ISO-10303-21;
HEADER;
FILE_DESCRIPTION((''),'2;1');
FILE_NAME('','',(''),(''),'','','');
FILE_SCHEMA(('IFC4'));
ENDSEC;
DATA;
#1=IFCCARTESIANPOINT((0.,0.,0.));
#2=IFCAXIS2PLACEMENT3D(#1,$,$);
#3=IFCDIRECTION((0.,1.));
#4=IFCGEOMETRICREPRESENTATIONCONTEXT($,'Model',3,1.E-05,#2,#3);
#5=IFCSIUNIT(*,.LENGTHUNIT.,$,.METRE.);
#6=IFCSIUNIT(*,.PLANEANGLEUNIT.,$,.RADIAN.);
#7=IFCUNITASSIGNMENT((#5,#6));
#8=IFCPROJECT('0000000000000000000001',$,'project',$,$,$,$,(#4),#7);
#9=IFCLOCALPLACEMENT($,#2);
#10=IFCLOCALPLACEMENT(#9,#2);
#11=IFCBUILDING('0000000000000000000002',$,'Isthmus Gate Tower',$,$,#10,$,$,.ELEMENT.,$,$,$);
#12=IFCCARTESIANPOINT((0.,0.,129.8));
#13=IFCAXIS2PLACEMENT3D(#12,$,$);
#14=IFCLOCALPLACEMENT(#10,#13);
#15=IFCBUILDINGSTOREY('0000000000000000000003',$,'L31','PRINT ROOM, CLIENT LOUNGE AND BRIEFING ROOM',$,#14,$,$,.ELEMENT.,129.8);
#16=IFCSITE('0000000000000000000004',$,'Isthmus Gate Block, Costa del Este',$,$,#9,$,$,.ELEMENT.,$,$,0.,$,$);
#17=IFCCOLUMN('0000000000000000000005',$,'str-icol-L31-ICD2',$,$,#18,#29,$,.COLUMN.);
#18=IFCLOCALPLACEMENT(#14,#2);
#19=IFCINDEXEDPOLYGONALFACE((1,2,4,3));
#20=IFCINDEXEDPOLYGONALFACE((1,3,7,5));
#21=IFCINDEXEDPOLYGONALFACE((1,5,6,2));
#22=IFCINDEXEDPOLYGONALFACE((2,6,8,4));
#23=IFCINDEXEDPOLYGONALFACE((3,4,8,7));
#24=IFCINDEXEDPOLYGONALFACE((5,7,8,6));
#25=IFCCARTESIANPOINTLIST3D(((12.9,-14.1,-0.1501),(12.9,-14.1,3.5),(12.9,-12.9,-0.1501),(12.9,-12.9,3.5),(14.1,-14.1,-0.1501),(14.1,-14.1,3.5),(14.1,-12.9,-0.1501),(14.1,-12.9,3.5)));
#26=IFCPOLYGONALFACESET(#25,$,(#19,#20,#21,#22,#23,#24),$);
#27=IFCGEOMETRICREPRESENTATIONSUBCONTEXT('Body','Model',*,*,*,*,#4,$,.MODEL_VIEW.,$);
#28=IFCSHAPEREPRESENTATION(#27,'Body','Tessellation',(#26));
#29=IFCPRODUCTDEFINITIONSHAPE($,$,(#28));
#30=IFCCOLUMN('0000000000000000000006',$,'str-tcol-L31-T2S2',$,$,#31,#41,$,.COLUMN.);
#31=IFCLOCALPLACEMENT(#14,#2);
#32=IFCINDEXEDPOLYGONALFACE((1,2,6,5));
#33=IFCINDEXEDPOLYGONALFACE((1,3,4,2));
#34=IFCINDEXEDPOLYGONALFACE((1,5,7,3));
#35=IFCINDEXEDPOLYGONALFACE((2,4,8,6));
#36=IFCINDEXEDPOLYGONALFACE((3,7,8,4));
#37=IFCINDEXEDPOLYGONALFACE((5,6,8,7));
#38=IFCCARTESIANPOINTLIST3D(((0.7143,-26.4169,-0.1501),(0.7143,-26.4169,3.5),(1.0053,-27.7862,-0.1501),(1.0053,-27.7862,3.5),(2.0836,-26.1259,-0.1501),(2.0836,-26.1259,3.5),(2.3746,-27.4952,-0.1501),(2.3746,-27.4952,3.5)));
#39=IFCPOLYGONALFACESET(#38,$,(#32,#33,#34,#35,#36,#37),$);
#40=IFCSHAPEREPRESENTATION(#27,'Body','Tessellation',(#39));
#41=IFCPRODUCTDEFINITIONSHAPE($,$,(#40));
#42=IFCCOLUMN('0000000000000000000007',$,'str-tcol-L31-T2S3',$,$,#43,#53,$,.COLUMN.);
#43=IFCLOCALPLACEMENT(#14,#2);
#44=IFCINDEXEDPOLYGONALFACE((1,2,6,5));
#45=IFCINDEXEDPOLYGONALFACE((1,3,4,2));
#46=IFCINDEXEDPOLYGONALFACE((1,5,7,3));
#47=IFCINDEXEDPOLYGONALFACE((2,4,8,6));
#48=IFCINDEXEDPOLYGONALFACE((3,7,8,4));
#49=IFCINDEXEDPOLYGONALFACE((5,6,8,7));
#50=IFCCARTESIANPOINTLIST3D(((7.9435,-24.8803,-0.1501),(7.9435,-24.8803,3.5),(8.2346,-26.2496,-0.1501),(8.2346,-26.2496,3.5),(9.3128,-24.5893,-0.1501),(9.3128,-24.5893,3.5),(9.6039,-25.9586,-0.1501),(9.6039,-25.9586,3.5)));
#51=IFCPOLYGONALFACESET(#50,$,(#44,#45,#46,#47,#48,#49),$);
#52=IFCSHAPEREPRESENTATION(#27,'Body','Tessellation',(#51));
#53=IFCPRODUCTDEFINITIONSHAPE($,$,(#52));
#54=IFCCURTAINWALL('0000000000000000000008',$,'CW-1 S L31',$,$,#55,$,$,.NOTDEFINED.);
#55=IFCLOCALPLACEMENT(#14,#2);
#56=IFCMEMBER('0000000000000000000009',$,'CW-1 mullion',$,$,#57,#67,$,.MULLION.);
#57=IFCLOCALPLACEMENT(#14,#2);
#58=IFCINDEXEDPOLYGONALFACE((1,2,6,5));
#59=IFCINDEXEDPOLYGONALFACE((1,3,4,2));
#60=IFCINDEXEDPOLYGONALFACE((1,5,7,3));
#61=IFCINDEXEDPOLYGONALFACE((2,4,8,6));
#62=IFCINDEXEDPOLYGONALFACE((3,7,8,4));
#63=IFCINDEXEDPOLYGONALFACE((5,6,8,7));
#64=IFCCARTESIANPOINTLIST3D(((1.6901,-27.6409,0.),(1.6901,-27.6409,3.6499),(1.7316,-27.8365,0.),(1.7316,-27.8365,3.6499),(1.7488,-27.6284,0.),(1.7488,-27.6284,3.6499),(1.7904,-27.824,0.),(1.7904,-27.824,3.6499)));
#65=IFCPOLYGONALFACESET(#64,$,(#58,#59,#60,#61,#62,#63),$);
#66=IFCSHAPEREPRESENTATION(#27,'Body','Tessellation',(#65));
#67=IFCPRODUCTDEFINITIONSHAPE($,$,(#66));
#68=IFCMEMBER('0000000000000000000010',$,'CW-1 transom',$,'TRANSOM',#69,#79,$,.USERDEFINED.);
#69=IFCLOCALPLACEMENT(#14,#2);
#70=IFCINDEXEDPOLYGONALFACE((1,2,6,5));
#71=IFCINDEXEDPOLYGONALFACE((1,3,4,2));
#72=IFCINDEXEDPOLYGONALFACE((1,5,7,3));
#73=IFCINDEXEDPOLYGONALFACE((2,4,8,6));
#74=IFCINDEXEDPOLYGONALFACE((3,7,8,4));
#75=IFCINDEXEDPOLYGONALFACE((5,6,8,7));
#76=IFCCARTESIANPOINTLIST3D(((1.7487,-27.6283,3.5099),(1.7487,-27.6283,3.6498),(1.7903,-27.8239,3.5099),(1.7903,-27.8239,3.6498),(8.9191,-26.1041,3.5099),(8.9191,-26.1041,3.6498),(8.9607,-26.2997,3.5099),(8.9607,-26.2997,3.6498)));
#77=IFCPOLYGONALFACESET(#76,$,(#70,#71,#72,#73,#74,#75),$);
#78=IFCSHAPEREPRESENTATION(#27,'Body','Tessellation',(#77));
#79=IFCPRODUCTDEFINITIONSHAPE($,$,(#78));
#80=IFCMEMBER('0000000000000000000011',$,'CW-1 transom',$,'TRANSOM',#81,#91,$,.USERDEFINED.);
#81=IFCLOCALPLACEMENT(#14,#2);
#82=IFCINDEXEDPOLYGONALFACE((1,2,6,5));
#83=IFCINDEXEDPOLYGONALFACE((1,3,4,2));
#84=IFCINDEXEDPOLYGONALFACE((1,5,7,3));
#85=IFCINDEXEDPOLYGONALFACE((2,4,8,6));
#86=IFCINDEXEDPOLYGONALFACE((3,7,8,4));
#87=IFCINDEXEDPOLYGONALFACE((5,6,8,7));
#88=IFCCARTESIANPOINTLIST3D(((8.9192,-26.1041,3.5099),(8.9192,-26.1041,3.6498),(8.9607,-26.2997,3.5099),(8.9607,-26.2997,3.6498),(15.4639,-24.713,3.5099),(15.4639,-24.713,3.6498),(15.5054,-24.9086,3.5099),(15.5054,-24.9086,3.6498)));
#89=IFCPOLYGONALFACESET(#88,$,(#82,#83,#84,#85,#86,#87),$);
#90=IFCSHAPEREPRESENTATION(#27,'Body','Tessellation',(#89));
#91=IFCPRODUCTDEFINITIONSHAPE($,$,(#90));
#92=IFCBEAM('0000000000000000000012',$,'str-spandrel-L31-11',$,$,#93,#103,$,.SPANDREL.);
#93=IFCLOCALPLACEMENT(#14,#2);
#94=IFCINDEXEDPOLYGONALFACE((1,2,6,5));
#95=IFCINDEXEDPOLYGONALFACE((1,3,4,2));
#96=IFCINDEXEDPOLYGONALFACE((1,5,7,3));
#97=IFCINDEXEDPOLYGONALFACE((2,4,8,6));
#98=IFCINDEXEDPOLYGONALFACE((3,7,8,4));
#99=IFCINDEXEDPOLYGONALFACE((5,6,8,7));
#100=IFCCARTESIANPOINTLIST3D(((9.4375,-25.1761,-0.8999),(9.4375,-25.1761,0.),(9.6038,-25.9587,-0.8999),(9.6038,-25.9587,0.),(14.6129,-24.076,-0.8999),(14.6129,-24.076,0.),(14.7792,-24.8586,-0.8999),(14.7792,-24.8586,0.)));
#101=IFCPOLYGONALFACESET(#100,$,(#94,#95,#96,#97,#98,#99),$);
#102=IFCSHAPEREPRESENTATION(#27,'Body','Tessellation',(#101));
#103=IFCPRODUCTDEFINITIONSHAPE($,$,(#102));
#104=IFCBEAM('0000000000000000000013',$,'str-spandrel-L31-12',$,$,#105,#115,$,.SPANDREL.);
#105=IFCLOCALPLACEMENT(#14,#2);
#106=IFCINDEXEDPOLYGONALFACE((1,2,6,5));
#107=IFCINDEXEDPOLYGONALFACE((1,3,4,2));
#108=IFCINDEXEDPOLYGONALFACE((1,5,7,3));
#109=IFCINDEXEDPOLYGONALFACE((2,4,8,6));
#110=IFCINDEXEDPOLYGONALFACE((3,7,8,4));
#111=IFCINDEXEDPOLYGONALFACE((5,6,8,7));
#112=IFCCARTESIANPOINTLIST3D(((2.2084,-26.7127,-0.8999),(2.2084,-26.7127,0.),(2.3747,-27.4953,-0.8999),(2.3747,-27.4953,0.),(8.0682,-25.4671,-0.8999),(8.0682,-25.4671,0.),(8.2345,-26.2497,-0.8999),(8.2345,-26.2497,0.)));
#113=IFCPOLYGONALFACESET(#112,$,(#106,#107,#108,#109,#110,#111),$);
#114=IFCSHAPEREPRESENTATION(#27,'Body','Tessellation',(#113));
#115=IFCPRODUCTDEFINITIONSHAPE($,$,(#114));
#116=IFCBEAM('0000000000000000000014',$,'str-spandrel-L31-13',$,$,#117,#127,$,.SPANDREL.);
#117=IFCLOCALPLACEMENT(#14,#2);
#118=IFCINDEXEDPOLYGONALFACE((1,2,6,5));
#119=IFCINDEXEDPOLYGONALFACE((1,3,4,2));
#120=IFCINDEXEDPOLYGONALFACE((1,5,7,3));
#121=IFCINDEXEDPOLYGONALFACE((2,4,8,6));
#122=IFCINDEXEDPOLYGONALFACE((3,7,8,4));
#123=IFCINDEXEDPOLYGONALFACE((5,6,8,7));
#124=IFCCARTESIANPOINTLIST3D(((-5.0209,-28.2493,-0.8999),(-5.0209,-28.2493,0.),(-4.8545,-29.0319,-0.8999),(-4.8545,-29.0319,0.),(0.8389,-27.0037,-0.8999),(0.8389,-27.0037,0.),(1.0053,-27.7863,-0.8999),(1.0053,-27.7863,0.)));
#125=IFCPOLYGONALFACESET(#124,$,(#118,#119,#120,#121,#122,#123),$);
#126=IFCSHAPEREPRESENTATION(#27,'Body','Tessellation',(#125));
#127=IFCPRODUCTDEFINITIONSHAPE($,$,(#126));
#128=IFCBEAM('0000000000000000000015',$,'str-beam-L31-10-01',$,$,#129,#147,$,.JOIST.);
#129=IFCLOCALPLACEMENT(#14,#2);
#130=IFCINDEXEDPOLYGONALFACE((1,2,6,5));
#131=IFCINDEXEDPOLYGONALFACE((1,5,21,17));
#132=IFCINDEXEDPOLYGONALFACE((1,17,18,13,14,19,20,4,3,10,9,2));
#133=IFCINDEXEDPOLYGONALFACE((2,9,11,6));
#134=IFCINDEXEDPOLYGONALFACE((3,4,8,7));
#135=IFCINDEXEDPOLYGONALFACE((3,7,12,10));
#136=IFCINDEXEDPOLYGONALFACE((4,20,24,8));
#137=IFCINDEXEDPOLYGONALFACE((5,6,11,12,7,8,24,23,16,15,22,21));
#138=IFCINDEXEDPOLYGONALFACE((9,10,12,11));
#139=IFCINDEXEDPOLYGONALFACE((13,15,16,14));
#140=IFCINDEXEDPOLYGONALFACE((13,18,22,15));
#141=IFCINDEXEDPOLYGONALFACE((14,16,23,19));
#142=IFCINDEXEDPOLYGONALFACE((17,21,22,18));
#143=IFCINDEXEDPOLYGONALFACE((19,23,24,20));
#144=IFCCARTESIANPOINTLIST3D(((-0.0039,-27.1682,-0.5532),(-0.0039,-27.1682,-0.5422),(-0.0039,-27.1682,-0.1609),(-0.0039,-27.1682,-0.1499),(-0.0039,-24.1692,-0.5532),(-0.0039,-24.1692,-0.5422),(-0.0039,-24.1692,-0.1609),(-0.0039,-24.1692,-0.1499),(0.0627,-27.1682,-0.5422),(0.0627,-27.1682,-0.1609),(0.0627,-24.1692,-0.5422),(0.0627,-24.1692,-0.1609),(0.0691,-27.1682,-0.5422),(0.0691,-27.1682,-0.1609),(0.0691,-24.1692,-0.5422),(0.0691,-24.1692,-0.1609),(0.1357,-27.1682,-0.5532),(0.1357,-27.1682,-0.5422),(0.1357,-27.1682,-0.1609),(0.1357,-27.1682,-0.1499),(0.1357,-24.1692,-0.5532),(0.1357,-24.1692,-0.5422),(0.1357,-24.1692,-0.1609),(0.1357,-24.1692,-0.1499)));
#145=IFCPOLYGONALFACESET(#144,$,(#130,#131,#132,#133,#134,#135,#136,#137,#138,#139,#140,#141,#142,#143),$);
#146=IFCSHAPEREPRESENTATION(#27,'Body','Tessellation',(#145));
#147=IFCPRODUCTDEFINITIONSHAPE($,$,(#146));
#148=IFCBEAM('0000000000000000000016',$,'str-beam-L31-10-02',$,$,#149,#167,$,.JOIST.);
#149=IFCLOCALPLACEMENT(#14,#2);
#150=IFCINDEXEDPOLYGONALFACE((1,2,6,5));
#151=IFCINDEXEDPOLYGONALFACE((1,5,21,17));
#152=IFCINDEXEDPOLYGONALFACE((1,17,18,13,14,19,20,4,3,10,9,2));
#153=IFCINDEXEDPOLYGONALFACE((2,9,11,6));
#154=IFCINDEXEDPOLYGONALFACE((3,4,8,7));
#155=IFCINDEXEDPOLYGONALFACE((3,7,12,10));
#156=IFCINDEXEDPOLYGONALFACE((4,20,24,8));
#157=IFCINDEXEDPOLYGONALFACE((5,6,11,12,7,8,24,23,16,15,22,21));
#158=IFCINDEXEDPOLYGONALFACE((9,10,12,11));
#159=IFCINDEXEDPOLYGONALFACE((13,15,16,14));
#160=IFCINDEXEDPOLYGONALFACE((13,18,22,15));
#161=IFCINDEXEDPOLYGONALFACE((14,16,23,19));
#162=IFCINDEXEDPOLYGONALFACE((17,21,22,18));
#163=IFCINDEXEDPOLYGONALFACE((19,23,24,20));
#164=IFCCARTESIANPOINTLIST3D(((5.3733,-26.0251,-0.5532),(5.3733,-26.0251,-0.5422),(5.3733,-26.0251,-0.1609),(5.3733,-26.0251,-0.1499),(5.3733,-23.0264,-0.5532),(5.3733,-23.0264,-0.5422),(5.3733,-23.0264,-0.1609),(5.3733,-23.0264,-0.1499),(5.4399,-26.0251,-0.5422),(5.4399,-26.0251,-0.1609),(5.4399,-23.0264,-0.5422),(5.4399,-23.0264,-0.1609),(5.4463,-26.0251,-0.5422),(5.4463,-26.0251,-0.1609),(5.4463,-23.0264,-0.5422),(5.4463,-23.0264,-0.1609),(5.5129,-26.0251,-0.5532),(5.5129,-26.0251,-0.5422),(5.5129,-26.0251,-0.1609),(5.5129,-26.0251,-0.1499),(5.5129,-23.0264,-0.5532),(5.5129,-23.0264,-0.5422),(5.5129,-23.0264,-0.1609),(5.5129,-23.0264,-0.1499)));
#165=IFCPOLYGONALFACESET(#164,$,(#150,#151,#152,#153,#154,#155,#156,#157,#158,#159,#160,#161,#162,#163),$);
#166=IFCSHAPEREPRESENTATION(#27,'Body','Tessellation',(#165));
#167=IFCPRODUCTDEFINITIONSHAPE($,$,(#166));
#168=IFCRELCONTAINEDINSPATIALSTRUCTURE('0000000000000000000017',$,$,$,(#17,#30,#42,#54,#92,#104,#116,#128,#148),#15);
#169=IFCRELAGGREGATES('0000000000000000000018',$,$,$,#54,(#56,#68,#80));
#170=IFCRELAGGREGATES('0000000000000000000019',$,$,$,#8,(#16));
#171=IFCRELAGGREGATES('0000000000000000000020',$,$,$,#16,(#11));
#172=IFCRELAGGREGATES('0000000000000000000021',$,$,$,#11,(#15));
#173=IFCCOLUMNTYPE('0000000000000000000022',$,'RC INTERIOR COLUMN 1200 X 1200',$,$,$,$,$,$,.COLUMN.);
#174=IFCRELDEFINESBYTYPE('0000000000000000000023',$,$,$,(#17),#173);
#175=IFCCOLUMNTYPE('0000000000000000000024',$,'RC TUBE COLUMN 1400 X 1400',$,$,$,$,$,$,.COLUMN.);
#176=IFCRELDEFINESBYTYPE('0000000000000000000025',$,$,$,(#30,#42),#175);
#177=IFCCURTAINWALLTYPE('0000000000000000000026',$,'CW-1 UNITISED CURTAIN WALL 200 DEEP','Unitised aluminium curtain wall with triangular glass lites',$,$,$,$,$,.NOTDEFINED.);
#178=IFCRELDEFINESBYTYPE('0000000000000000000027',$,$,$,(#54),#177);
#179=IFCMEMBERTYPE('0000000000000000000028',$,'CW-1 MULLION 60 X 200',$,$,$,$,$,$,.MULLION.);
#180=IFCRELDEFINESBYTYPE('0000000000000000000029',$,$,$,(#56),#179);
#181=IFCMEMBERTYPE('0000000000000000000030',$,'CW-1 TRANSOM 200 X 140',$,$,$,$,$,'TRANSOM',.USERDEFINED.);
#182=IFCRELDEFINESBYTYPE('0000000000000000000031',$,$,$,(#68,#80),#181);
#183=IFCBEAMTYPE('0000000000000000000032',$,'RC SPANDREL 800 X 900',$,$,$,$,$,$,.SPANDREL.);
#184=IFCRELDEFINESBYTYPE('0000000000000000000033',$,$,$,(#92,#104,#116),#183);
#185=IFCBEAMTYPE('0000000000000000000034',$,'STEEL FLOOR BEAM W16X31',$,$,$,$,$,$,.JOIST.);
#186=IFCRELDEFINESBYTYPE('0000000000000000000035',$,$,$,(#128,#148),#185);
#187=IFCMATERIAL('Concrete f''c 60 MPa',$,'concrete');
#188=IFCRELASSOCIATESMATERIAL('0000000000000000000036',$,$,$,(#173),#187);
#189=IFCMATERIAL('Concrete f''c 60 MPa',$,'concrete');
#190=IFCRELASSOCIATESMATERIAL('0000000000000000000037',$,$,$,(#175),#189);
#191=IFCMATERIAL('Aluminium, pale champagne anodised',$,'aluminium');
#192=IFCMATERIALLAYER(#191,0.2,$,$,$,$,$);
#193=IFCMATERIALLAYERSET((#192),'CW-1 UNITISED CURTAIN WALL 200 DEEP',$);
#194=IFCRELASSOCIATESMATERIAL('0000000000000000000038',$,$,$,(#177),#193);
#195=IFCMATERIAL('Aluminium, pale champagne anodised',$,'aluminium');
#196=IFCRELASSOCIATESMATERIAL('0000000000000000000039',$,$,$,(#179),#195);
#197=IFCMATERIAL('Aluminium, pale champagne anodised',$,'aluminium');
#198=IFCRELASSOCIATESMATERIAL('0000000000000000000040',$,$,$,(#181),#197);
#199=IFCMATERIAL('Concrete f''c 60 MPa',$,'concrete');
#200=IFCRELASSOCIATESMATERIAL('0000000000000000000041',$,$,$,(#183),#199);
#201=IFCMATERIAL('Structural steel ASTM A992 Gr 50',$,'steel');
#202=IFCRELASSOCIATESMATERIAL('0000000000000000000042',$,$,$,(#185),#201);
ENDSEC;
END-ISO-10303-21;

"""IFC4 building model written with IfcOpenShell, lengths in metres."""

from ifc_helpers import new_model, si_unit, direction, frame, origin, origin_2d, place, context, subcontext, project, spatial, rectangle, i_section, extrude, material, layer, layer_set, material_profile, profile_set, type_object, element, aggregate, save


model = new_model("IFC4")

# Units and contexts
model_context = context("Model", 3, precision=1e-05, world=origin(), true_north=direction((0.0, 1.0)))
body_context = subcontext(model_context, "Body", "Model", "MODEL_VIEW")
ifc_project = project(units=[si_unit("LENGTHUNIT", "METRE"), si_unit("PLANEANGLEUNIT", "RADIAN")], contexts=[model_context])

# Site, building, storey
site_placement = place(None, origin())
site = spatial("IfcSite", under=ifc_project, at=site_placement, Name="Isthmus Gate Block, Costa del Este", CompositionType="ELEMENT", RefElevation=0.0)
building_placement = place(site_placement, origin())
building = spatial("IfcBuilding", under=site, at=building_placement, Name="Isthmus Gate Tower", CompositionType="ELEMENT")
storey_placement = place(building_placement, frame((0.0, 0.0, 129.8)))
storey = spatial("IfcBuildingStorey", under=building, at=storey_placement, Name="L31", Description="PRINT ROOM, CLIENT LOUNGE AND BRIEFING ROOM", CompositionType="ELEMENT", Elevation=129.8)

# Columns
ifc_material_1 = material(Name="Concrete f'c 60 MPa", Category="concrete")
ifc_material_profile_1 = material_profile(ifc_material_1, rectangle(XDim=1.2, YDim=1.2, at=origin_2d()), Name="RC 1200X1200")
ifc_profile_set_1 = profile_set([ifc_material_profile_1], Name="Concrete f'c 60 MPa")
column_type_1 = type_object("IfcColumnType", Name="RC INTERIOR COLUMN 1200 X 1200", PredefinedType="COLUMN", material=ifc_profile_set_1)
column_placement = place(storey_placement, frame((13.5, -13.5, -0.1501), z_axis=(0.0, 0.0, 1.0), x_axis=(1.0, 0.0, 0.0)))
element("IfcColumn", 1, at=column_placement, inside=storey, type_object=column_type_1, Name="str-icol-L31-ICD2", PredefinedType="COLUMN", context=body_context, shape_type="SweptSolid", body=[
    extrude(rectangle(XDim=1.2, YDim=1.2, at=origin_2d()), origin(), (0.0, 0.0, 1.0), 3.6501),
])
ifc_material_2 = material(Name="Concrete f'c 60 MPa", Category="concrete")
ifc_material_profile_2 = material_profile(ifc_material_2, rectangle(XDim=1.3999, YDim=1.3999, at=origin_2d()), Name="RC 1400X1400")
ifc_profile_set_2 = profile_set([ifc_material_profile_2], Name="Concrete f'c 60 MPa")
column_type_2 = type_object("IfcColumnType", Name="RC TUBE COLUMN 1400 X 1400", PredefinedType="COLUMN", material=ifc_profile_set_2)
for number, where, z_axis, x_axis, name in (
    (2, (1.5444, -26.9561, -0.1501), (0.0, 0.0, 1.0), (0.978148, 0.207912, 0.0), "str-tcol-L31-T2S2"),
    (3, (8.7737, -25.4194, -0.1501), (0.0, 0.0, 1.0), (0.978148, 0.207912, 0.0), "str-tcol-L31-T2S3"),
):
    element("IfcColumn", number, at=place(storey_placement, frame(where, z_axis=z_axis, x_axis=x_axis)), inside=storey, type_object=column_type_2, Name=name, PredefinedType="COLUMN", context=body_context, shape_type="SweptSolid", body=[
        extrude(rectangle(XDim=1.3999, YDim=1.3999, at=origin_2d()), origin(), (0.0, 0.0, 1.0), 3.6501),
    ])

# Curtain wall, members
ifc_material_3 = material(Name="Aluminium, pale champagne anodised", Category="aluminium")
ifc_layer_1 = layer(ifc_material_3, 0.2)
ifc_layer_set_1 = layer_set([ifc_layer_1], Name="CW-1 UNITISED CURTAIN WALL 200 DEEP")
curtain_wall_type = type_object("IfcCurtainWallType", Name="CW-1 UNITISED CURTAIN WALL 200 DEEP", Description="Unitised aluminium curtain wall with triangular glass lites", PredefinedType="NOTDEFINED", material=ifc_layer_set_1)
curtain_wall_placement = place(storey_placement, origin())
curtain_wall = element("IfcCurtainWall", 4, at=curtain_wall_placement, inside=storey, type_object=curtain_wall_type, Name="CW-1 S L31", PredefinedType="NOTDEFINED")
ifc_material_4 = material(Name="Aluminium, pale champagne anodised", Category="aluminium")
ifc_material_profile_3 = material_profile(ifc_material_4, rectangle(XDim=0.0601, YDim=0.2, at=origin_2d()), Name="60x200")
ifc_profile_set_3 = profile_set([ifc_material_profile_3], Name="Aluminium, pale champagne anodised")
member_type_1 = type_object("IfcMemberType", Name="CW-1 MULLION 60 X 200", PredefinedType="MULLION", material=ifc_profile_set_3)
member_1_placement = place(storey_placement, frame((1.7402, -27.7324, 0.0), z_axis=(0.0, 0.0, 1.0), x_axis=(0.978148, 0.207912, 0.0)))
member_1 = element("IfcMember", 5, at=member_1_placement, type_object=member_type_1, Name="CW-1 mullion", PredefinedType="MULLION", context=body_context, shape_type="SweptSolid", body=[
    extrude(rectangle(XDim=0.0601, YDim=0.2, at=origin_2d()), origin(), (0.0, 0.0, 1.0), 3.6499),
])
ifc_material_5 = material(Name="Aluminium, pale champagne anodised", Category="aluminium")
ifc_material_profile_4 = material_profile(ifc_material_5, rectangle(XDim=0.2, YDim=0.1399, at=origin_2d()), Name="200x140")
ifc_profile_set_4 = profile_set([ifc_material_profile_4], Name="Aluminium, pale champagne anodised")
member_type_2 = type_object("IfcMemberType", Name="CW-1 TRANSOM 200 X 140", ElementType="TRANSOM", PredefinedType="USERDEFINED", material=ifc_profile_set_4)
member_2_placement = place(storey_placement, frame((1.7695, -27.7261, 3.5798), z_axis=(0.978146, 0.207919, 0.0), x_axis=(-0.207919, 0.978146, 0.0)))
member_2 = element("IfcMember", 6, at=member_2_placement, type_object=member_type_2, Name="CW-1 transom", ObjectType="TRANSOM", PredefinedType="USERDEFINED", context=body_context, shape_type="SweptSolid", body=[
    extrude(rectangle(XDim=0.2, YDim=0.1399, at=origin_2d()), origin(), (0.0, 0.0, 1.0), 7.3306),
])
member_3_placement = place(storey_placement, frame((8.9399, -26.2019, 3.5798), z_axis=(0.978148, 0.207912, 0.0), x_axis=(-0.207912, 0.978148, 0.0)))
member_3 = element("IfcMember", 7, at=member_3_placement, type_object=member_type_2, Name="CW-1 transom", ObjectType="TRANSOM", PredefinedType="USERDEFINED", context=body_context, shape_type="SweptSolid", body=[
    extrude(rectangle(XDim=0.2, YDim=0.1399, at=origin_2d()), origin(), (0.0, 0.0, 1.0), 6.6909),
])

# Beams
ifc_material_6 = material(Name="Concrete f'c 60 MPa", Category="concrete")
ifc_material_profile_5 = material_profile(ifc_material_6, rectangle(XDim=0.8, YDim=0.8999, at=origin_2d()), Name="RC 800X900")
ifc_profile_set_5 = profile_set([ifc_material_profile_5], Name="Concrete f'c 60 MPa")
beam_type_1 = type_object("IfcBeamType", Name="RC SPANDREL 800 X 900", PredefinedType="SPANDREL", material=ifc_profile_set_5)
beam_1_placement = place(storey_placement, frame((14.696, -24.4673, -0.45), z_axis=(-0.978145, -0.207922, 0.0), x_axis=(0.207922, -0.978145, 0.0)))
element("IfcBeam", 8, at=beam_1_placement, inside=storey, type_object=beam_type_1, Name="str-spandrel-L31-11", PredefinedType="SPANDREL", context=body_context, shape_type="SweptSolid", body=[
    extrude(rectangle(XDim=0.8, YDim=0.8999, at=origin_2d()), origin(), (0.0, 0.0, 1.0), 5.291),
])
for number, where, z_axis, x_axis, name in (
    (9, (8.1514, -25.8584, -0.45), (-0.978146, -0.20792, 0.0), (0.20792, -0.978146, 0.0), "str-spandrel-L31-12"),
    (10, (0.9221, -27.395, -0.45), (-0.978146, -0.20792, 0.0), (0.20792, -0.978146, 0.0), "str-spandrel-L31-13"),
):
    element("IfcBeam", number, at=place(storey_placement, frame(where, z_axis=z_axis, x_axis=x_axis)), inside=storey, type_object=beam_type_1, Name=name, PredefinedType="SPANDREL", context=body_context, shape_type="SweptSolid", body=[
        extrude(rectangle(XDim=0.8, YDim=0.8999, at=origin_2d()), origin(), (0.0, 0.0, 1.0), 5.9907),
    ])
ifc_material_7 = material(Name="Structural steel ASTM A992 Gr 50", Category="steel")
ifc_material_profile_6 = material_profile(ifc_material_7, i_section(OverallWidth=0.1396, OverallDepth=0.4033, WebThickness=0.0063, FlangeThickness=0.011, at=origin_2d()), Name="W16X31")
ifc_profile_set_6 = profile_set([ifc_material_profile_6], Name="Structural steel ASTM A992 Gr 50")
beam_type_2 = type_object("IfcBeamType", Name="STEEL FLOOR BEAM W16X31", PredefinedType="JOIST", material=ifc_profile_set_6)
beam_2_placement = place(storey_placement, frame((0.0659, -27.1682, -0.3516), z_axis=(0.0, 1.0, 0.0), x_axis=(-1.0, 0.0, 0.0)))
element("IfcBeam", 11, at=beam_2_placement, inside=storey, type_object=beam_type_2, Name="str-beam-L31-10-01", PredefinedType="JOIST", context=body_context, shape_type="SweptSolid", body=[
    extrude(i_section(OverallWidth=0.1396, OverallDepth=0.4033, WebThickness=0.0063, FlangeThickness=0.011, at=origin_2d()), origin(), (0.0, 0.0, 1.0), 2.999),
])
beam_3_placement = place(storey_placement, frame((5.4431, -26.0251, -0.3516), z_axis=(0.0, 1.0, 0.0), x_axis=(-1.0, 0.0, 0.0)))
element("IfcBeam", 12, at=beam_3_placement, inside=storey, type_object=beam_type_2, Name="str-beam-L31-10-02", PredefinedType="JOIST", context=body_context, shape_type="SweptSolid", body=[
    extrude(i_section(OverallWidth=0.1396, OverallDepth=0.4033, WebThickness=0.0063, FlangeThickness=0.011, at=origin_2d()), origin(), (0.0, 0.0, 1.0), 2.9988),
])

aggregate(curtain_wall, [member_1, member_2, member_3])

save(model, "model.ifc")
